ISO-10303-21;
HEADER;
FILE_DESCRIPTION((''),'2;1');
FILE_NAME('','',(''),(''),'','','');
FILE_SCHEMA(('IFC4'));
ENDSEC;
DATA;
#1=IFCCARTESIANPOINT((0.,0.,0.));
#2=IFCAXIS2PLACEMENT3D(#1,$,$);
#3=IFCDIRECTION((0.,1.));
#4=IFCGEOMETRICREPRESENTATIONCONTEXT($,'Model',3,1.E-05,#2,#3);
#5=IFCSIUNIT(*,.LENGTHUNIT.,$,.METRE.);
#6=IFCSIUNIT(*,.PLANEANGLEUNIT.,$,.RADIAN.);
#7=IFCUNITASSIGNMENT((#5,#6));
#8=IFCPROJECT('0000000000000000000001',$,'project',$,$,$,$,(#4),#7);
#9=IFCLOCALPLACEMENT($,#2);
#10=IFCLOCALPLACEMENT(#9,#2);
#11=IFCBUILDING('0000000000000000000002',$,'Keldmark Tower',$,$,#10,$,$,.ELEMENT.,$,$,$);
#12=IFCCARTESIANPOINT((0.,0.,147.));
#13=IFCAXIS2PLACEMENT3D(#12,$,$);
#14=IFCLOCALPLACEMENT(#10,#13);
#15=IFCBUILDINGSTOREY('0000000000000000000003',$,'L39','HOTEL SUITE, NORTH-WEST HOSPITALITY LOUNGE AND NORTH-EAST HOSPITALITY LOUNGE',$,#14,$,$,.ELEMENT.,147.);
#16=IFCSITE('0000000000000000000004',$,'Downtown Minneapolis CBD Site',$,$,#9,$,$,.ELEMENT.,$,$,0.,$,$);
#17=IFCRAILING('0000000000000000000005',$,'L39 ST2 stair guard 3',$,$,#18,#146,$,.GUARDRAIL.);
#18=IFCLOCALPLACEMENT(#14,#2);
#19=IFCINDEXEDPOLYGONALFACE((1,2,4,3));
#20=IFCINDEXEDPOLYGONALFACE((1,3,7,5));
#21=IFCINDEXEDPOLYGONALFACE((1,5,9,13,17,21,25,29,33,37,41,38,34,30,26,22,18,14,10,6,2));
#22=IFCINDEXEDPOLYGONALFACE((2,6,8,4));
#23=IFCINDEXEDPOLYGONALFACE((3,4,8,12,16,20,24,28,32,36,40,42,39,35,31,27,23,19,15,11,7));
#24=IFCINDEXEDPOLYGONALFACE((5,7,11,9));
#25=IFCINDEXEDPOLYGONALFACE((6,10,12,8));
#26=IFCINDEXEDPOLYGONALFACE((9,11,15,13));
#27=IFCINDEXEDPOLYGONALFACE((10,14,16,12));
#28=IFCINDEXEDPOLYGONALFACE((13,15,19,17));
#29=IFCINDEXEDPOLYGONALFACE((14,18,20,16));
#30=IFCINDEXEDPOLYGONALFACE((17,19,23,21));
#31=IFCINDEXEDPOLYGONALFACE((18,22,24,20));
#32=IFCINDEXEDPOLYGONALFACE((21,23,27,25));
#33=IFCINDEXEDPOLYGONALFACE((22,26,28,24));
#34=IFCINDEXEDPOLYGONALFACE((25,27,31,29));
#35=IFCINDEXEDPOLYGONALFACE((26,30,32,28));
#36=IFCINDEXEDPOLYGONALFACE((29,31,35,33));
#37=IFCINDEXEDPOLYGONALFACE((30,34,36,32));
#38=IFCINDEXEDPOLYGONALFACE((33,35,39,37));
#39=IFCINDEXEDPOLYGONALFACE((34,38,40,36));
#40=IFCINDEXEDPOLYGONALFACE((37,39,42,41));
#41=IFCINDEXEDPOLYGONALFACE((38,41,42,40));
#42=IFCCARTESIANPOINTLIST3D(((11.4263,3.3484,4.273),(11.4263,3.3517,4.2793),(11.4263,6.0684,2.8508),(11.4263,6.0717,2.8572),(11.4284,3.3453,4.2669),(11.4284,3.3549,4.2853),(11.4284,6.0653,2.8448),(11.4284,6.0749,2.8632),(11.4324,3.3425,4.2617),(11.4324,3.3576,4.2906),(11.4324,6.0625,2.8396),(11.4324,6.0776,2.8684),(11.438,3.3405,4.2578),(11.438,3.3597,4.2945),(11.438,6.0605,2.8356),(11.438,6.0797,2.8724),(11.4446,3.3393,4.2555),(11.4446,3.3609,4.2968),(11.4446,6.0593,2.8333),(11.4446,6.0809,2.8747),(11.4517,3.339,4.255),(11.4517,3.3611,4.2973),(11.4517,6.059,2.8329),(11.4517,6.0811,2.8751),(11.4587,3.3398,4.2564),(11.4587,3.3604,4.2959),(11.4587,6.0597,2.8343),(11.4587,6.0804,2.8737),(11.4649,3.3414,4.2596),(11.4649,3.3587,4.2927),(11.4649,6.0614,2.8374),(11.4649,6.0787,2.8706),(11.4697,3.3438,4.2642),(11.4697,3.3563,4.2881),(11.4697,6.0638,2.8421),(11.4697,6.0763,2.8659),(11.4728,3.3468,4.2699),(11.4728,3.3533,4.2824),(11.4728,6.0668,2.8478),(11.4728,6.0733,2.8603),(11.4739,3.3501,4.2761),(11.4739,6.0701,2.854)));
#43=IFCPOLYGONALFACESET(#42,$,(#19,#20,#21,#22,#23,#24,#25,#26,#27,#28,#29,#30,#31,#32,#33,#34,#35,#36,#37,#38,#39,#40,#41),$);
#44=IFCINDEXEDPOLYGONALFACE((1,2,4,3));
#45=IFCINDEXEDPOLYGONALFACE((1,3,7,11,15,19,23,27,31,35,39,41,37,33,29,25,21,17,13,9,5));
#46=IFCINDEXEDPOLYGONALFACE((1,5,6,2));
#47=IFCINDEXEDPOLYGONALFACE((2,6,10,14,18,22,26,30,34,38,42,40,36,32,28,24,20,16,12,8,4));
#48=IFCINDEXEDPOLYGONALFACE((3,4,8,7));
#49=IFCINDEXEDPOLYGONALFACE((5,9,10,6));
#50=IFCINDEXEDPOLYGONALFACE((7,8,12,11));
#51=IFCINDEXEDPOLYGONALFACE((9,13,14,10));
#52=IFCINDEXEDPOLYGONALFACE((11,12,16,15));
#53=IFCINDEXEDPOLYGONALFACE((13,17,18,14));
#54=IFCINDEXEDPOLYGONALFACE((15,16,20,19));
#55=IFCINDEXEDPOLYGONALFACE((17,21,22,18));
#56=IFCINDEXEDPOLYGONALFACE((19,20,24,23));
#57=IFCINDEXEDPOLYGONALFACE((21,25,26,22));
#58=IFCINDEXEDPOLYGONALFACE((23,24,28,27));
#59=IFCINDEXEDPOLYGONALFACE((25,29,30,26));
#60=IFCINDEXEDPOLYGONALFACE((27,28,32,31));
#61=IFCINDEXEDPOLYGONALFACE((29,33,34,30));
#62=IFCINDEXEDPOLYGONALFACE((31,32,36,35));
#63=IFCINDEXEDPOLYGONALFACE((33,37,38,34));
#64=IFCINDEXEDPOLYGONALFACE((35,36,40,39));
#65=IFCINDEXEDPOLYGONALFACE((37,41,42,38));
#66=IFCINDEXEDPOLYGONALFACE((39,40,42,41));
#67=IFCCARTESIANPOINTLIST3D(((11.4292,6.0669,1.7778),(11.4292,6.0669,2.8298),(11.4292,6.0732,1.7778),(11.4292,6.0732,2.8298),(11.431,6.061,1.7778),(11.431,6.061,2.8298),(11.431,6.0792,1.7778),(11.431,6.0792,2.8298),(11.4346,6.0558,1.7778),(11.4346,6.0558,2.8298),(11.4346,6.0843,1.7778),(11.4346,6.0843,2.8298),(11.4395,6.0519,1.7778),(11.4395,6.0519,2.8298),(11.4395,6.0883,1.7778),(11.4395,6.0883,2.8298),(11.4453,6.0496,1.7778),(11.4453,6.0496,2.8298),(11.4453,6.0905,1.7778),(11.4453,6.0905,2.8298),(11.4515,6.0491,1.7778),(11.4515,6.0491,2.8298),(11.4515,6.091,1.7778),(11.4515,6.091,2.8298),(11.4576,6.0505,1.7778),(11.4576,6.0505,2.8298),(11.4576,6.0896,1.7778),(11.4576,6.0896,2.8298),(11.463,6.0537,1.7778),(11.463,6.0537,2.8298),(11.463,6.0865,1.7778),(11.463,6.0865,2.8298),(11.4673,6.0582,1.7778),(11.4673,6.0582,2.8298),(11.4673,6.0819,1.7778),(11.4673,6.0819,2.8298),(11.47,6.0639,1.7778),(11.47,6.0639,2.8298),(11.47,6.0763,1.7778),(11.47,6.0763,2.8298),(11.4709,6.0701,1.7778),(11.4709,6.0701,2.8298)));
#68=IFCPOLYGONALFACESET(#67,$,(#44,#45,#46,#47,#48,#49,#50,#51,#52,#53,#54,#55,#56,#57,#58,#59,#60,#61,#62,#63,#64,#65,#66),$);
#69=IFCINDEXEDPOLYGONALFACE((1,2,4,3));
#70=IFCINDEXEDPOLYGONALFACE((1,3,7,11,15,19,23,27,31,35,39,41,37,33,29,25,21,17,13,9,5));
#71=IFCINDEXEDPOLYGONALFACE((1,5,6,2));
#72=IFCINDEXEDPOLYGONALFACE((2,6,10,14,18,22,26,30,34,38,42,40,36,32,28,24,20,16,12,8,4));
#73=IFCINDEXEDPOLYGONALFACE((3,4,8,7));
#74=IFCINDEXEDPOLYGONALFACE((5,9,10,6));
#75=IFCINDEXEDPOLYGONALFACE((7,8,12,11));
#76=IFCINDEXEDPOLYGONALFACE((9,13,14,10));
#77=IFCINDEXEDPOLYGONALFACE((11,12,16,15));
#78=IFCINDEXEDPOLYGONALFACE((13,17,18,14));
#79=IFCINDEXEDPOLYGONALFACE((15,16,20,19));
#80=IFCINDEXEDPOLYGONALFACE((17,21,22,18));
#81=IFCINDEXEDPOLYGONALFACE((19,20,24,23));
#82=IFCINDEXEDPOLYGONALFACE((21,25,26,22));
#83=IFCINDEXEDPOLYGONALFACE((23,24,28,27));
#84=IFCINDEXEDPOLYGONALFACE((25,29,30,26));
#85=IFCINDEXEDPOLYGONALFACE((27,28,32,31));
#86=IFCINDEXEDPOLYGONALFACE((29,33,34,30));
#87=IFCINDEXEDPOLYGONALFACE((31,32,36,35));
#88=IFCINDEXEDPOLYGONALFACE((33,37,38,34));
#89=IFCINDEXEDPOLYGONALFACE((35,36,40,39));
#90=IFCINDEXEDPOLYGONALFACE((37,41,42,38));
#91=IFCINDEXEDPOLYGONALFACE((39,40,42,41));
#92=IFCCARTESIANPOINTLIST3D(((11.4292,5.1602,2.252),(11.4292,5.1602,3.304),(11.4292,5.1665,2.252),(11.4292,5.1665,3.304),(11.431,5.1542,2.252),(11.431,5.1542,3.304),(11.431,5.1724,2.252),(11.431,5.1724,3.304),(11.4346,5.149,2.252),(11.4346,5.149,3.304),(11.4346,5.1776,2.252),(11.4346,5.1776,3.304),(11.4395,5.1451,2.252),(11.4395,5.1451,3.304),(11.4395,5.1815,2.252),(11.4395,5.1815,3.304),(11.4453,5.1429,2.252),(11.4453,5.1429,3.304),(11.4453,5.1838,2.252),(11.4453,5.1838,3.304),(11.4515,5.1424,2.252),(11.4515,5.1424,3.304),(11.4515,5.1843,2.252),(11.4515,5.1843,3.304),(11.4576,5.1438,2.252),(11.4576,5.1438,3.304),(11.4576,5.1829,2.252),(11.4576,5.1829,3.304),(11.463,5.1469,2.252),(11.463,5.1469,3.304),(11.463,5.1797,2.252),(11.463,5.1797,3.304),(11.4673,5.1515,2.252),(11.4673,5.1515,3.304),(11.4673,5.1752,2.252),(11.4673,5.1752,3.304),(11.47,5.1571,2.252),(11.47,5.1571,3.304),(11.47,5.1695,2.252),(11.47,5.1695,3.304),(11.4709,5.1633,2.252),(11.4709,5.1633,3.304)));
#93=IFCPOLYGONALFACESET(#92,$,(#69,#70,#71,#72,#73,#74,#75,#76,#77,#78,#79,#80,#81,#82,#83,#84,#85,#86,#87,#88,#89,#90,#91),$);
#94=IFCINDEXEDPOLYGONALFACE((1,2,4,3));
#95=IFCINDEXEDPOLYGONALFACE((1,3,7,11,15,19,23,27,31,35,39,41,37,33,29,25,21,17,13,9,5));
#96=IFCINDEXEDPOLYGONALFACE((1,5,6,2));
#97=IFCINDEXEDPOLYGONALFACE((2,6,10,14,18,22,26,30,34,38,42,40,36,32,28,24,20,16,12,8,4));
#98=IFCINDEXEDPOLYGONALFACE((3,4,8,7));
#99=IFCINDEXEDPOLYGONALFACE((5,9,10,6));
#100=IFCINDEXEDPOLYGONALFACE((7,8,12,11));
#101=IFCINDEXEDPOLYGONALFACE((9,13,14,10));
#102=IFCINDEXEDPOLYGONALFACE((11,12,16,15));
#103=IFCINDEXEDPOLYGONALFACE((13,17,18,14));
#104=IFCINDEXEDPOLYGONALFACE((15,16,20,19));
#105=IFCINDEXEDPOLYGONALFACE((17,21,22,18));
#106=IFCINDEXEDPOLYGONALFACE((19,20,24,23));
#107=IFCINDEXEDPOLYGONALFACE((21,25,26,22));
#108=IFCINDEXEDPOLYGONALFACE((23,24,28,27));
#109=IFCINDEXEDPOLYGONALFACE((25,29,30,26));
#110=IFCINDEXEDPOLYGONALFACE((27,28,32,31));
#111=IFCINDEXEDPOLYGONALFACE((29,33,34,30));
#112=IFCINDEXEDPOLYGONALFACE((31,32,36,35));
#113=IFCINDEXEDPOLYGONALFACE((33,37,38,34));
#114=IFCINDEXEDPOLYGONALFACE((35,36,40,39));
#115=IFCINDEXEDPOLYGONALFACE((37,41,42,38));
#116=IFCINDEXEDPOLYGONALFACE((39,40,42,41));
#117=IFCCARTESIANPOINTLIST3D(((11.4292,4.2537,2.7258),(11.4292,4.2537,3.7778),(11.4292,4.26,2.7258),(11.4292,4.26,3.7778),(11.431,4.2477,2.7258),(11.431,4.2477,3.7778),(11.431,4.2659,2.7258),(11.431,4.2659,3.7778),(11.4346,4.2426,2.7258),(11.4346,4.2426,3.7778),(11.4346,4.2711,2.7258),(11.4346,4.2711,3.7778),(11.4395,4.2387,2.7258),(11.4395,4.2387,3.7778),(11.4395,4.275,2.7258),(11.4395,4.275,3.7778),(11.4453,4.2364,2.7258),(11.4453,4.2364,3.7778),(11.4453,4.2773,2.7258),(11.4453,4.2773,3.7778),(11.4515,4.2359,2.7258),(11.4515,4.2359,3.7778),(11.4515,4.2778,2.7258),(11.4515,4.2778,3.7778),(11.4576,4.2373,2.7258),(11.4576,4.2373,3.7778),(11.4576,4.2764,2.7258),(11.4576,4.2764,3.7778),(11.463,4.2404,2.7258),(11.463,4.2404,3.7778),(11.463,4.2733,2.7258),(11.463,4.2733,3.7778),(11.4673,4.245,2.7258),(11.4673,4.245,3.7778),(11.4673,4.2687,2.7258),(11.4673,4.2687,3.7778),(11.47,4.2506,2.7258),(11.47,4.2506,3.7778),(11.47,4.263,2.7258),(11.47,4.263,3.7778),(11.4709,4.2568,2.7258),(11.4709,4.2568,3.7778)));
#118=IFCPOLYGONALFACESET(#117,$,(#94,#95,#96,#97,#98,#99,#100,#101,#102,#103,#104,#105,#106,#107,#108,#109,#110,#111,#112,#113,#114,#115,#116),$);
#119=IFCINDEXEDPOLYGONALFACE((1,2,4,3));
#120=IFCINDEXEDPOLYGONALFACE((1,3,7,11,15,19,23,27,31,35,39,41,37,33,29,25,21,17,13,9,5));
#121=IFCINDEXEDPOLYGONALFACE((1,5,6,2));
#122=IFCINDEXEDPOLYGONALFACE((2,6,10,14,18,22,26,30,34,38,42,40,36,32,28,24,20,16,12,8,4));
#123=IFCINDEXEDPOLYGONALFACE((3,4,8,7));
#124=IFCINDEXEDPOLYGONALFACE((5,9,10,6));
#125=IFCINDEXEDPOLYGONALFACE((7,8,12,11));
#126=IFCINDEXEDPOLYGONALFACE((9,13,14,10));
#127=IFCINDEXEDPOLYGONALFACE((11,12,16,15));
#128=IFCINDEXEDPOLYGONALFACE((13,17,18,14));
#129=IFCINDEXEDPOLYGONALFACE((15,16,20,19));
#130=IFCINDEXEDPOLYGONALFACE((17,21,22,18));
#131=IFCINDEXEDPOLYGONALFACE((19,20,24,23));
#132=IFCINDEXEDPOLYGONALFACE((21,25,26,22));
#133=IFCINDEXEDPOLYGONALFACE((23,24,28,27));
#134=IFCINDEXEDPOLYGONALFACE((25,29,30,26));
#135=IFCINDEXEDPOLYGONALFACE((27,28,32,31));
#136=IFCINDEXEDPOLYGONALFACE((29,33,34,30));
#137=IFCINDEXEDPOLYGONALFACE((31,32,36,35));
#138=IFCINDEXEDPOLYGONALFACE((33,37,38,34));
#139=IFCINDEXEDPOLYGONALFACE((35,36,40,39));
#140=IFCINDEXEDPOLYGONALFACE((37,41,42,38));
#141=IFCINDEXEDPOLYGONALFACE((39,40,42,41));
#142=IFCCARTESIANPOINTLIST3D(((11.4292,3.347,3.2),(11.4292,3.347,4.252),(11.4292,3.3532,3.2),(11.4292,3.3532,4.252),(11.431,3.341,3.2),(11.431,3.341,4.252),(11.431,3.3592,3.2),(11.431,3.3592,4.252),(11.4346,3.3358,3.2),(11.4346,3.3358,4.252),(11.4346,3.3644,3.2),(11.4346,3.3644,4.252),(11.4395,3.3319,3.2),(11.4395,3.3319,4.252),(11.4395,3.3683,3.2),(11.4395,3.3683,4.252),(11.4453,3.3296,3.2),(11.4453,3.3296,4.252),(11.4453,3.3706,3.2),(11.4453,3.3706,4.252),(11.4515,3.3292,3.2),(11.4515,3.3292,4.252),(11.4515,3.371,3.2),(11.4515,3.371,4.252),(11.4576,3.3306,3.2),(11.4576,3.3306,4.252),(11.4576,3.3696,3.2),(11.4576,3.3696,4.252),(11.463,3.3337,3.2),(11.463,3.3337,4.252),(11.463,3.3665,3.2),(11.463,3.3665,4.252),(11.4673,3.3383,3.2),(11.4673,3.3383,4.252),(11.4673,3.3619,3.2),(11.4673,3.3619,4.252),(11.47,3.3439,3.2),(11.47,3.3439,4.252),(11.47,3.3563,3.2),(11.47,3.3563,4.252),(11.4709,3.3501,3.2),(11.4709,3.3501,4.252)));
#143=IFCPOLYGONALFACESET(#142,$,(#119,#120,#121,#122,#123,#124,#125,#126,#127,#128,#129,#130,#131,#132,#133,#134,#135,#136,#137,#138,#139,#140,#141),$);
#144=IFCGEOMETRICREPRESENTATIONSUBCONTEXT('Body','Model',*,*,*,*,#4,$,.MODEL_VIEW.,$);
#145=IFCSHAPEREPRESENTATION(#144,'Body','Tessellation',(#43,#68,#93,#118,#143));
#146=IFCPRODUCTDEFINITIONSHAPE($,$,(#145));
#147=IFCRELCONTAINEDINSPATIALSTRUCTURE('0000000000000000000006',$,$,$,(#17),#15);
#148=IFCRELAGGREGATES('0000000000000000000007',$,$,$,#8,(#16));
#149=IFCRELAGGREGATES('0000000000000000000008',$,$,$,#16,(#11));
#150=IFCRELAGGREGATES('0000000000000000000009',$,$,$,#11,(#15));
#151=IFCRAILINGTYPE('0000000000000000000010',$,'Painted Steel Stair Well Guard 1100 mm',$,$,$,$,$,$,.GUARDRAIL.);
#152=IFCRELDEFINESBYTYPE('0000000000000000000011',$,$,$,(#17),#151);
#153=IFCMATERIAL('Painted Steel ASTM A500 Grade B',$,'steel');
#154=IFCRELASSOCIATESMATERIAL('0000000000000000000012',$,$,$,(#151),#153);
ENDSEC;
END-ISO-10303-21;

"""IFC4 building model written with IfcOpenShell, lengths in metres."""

from ifc_helpers import new_model, si_unit, direction, frame, origin, origin_2d, place, context, subcontext, project, spatial, circle, extrude, material, type_object, element, save


model = new_model("IFC4")

# Units and contexts
model_context = context("Model", 3, precision=1e-05, world=origin(), true_north=direction((0.0, 1.0)))
body_context = subcontext(model_context, "Body", "Model", "MODEL_VIEW")
ifc_project = project(units=[si_unit("LENGTHUNIT", "METRE"), si_unit("PLANEANGLEUNIT", "RADIAN")], contexts=[model_context])

# Site, building, storey
site_placement = place(None, origin())
site = spatial("IfcSite", under=ifc_project, at=site_placement, Name="Downtown Minneapolis CBD Site", CompositionType="ELEMENT", RefElevation=0.0)
building_placement = place(site_placement, origin())
building = spatial("IfcBuilding", under=site, at=building_placement, Name="Keldmark Tower", CompositionType="ELEMENT")
storey_placement = place(building_placement, frame((0.0, 0.0, 147.0)))
storey = spatial("IfcBuildingStorey", under=building, at=storey_placement, Name="L39", Description="HOTEL SUITE, NORTH-WEST HOSPITALITY LOUNGE AND NORTH-EAST HOSPITALITY LOUNGE", CompositionType="ELEMENT", Elevation=147.0)

# Railing
ifc_material_1 = material(Name="Painted Steel ASTM A500 Grade B", Category="steel")
railing_type_1 = type_object("IfcRailingType", Name="Painted Steel Stair Well Guard 1100 mm", PredefinedType="GUARDRAIL", material=ifc_material_1)
railing_1_placement = place(storey_placement, frame((11.45, 6.0701, 1.7778)))
element("IfcRailing", 1, at=railing_1_placement, inside=storey, type_object=railing_type_1, Name="L39 ST2 stair guard 3", PredefinedType="GUARDRAIL", context=body_context, shape_type="SweptSolid", body=[
    extrude(circle(Radius=0.0239, at=origin_2d()), frame((0.0, 0.0, 1.0762), z_axis=(0.0, -0.886183, 0.463335), x_axis=(1.0, 0.0, 0.0)), (0.0, 0.0, 1.0), 3.0693),
    extrude(circle(Radius=0.021, at=origin_2d()), origin(), (0.0, 0.0, 1.0), 1.052),
    extrude(circle(Radius=0.021, at=origin_2d()), frame((0.0, -0.9067, 0.4741)), (0.0, 0.0, 1.0), 1.052),
    extrude(circle(Radius=0.021, at=origin_2d()), frame((0.0, -1.8132, 0.948)), (0.0, 0.0, 1.0), 1.052),
    extrude(circle(Radius=0.021, at=origin_2d()), frame((0.0, -2.72, 1.4221)), (0.0, 0.0, 1.0), 1.052),
])

save(model, "model.ifc")
